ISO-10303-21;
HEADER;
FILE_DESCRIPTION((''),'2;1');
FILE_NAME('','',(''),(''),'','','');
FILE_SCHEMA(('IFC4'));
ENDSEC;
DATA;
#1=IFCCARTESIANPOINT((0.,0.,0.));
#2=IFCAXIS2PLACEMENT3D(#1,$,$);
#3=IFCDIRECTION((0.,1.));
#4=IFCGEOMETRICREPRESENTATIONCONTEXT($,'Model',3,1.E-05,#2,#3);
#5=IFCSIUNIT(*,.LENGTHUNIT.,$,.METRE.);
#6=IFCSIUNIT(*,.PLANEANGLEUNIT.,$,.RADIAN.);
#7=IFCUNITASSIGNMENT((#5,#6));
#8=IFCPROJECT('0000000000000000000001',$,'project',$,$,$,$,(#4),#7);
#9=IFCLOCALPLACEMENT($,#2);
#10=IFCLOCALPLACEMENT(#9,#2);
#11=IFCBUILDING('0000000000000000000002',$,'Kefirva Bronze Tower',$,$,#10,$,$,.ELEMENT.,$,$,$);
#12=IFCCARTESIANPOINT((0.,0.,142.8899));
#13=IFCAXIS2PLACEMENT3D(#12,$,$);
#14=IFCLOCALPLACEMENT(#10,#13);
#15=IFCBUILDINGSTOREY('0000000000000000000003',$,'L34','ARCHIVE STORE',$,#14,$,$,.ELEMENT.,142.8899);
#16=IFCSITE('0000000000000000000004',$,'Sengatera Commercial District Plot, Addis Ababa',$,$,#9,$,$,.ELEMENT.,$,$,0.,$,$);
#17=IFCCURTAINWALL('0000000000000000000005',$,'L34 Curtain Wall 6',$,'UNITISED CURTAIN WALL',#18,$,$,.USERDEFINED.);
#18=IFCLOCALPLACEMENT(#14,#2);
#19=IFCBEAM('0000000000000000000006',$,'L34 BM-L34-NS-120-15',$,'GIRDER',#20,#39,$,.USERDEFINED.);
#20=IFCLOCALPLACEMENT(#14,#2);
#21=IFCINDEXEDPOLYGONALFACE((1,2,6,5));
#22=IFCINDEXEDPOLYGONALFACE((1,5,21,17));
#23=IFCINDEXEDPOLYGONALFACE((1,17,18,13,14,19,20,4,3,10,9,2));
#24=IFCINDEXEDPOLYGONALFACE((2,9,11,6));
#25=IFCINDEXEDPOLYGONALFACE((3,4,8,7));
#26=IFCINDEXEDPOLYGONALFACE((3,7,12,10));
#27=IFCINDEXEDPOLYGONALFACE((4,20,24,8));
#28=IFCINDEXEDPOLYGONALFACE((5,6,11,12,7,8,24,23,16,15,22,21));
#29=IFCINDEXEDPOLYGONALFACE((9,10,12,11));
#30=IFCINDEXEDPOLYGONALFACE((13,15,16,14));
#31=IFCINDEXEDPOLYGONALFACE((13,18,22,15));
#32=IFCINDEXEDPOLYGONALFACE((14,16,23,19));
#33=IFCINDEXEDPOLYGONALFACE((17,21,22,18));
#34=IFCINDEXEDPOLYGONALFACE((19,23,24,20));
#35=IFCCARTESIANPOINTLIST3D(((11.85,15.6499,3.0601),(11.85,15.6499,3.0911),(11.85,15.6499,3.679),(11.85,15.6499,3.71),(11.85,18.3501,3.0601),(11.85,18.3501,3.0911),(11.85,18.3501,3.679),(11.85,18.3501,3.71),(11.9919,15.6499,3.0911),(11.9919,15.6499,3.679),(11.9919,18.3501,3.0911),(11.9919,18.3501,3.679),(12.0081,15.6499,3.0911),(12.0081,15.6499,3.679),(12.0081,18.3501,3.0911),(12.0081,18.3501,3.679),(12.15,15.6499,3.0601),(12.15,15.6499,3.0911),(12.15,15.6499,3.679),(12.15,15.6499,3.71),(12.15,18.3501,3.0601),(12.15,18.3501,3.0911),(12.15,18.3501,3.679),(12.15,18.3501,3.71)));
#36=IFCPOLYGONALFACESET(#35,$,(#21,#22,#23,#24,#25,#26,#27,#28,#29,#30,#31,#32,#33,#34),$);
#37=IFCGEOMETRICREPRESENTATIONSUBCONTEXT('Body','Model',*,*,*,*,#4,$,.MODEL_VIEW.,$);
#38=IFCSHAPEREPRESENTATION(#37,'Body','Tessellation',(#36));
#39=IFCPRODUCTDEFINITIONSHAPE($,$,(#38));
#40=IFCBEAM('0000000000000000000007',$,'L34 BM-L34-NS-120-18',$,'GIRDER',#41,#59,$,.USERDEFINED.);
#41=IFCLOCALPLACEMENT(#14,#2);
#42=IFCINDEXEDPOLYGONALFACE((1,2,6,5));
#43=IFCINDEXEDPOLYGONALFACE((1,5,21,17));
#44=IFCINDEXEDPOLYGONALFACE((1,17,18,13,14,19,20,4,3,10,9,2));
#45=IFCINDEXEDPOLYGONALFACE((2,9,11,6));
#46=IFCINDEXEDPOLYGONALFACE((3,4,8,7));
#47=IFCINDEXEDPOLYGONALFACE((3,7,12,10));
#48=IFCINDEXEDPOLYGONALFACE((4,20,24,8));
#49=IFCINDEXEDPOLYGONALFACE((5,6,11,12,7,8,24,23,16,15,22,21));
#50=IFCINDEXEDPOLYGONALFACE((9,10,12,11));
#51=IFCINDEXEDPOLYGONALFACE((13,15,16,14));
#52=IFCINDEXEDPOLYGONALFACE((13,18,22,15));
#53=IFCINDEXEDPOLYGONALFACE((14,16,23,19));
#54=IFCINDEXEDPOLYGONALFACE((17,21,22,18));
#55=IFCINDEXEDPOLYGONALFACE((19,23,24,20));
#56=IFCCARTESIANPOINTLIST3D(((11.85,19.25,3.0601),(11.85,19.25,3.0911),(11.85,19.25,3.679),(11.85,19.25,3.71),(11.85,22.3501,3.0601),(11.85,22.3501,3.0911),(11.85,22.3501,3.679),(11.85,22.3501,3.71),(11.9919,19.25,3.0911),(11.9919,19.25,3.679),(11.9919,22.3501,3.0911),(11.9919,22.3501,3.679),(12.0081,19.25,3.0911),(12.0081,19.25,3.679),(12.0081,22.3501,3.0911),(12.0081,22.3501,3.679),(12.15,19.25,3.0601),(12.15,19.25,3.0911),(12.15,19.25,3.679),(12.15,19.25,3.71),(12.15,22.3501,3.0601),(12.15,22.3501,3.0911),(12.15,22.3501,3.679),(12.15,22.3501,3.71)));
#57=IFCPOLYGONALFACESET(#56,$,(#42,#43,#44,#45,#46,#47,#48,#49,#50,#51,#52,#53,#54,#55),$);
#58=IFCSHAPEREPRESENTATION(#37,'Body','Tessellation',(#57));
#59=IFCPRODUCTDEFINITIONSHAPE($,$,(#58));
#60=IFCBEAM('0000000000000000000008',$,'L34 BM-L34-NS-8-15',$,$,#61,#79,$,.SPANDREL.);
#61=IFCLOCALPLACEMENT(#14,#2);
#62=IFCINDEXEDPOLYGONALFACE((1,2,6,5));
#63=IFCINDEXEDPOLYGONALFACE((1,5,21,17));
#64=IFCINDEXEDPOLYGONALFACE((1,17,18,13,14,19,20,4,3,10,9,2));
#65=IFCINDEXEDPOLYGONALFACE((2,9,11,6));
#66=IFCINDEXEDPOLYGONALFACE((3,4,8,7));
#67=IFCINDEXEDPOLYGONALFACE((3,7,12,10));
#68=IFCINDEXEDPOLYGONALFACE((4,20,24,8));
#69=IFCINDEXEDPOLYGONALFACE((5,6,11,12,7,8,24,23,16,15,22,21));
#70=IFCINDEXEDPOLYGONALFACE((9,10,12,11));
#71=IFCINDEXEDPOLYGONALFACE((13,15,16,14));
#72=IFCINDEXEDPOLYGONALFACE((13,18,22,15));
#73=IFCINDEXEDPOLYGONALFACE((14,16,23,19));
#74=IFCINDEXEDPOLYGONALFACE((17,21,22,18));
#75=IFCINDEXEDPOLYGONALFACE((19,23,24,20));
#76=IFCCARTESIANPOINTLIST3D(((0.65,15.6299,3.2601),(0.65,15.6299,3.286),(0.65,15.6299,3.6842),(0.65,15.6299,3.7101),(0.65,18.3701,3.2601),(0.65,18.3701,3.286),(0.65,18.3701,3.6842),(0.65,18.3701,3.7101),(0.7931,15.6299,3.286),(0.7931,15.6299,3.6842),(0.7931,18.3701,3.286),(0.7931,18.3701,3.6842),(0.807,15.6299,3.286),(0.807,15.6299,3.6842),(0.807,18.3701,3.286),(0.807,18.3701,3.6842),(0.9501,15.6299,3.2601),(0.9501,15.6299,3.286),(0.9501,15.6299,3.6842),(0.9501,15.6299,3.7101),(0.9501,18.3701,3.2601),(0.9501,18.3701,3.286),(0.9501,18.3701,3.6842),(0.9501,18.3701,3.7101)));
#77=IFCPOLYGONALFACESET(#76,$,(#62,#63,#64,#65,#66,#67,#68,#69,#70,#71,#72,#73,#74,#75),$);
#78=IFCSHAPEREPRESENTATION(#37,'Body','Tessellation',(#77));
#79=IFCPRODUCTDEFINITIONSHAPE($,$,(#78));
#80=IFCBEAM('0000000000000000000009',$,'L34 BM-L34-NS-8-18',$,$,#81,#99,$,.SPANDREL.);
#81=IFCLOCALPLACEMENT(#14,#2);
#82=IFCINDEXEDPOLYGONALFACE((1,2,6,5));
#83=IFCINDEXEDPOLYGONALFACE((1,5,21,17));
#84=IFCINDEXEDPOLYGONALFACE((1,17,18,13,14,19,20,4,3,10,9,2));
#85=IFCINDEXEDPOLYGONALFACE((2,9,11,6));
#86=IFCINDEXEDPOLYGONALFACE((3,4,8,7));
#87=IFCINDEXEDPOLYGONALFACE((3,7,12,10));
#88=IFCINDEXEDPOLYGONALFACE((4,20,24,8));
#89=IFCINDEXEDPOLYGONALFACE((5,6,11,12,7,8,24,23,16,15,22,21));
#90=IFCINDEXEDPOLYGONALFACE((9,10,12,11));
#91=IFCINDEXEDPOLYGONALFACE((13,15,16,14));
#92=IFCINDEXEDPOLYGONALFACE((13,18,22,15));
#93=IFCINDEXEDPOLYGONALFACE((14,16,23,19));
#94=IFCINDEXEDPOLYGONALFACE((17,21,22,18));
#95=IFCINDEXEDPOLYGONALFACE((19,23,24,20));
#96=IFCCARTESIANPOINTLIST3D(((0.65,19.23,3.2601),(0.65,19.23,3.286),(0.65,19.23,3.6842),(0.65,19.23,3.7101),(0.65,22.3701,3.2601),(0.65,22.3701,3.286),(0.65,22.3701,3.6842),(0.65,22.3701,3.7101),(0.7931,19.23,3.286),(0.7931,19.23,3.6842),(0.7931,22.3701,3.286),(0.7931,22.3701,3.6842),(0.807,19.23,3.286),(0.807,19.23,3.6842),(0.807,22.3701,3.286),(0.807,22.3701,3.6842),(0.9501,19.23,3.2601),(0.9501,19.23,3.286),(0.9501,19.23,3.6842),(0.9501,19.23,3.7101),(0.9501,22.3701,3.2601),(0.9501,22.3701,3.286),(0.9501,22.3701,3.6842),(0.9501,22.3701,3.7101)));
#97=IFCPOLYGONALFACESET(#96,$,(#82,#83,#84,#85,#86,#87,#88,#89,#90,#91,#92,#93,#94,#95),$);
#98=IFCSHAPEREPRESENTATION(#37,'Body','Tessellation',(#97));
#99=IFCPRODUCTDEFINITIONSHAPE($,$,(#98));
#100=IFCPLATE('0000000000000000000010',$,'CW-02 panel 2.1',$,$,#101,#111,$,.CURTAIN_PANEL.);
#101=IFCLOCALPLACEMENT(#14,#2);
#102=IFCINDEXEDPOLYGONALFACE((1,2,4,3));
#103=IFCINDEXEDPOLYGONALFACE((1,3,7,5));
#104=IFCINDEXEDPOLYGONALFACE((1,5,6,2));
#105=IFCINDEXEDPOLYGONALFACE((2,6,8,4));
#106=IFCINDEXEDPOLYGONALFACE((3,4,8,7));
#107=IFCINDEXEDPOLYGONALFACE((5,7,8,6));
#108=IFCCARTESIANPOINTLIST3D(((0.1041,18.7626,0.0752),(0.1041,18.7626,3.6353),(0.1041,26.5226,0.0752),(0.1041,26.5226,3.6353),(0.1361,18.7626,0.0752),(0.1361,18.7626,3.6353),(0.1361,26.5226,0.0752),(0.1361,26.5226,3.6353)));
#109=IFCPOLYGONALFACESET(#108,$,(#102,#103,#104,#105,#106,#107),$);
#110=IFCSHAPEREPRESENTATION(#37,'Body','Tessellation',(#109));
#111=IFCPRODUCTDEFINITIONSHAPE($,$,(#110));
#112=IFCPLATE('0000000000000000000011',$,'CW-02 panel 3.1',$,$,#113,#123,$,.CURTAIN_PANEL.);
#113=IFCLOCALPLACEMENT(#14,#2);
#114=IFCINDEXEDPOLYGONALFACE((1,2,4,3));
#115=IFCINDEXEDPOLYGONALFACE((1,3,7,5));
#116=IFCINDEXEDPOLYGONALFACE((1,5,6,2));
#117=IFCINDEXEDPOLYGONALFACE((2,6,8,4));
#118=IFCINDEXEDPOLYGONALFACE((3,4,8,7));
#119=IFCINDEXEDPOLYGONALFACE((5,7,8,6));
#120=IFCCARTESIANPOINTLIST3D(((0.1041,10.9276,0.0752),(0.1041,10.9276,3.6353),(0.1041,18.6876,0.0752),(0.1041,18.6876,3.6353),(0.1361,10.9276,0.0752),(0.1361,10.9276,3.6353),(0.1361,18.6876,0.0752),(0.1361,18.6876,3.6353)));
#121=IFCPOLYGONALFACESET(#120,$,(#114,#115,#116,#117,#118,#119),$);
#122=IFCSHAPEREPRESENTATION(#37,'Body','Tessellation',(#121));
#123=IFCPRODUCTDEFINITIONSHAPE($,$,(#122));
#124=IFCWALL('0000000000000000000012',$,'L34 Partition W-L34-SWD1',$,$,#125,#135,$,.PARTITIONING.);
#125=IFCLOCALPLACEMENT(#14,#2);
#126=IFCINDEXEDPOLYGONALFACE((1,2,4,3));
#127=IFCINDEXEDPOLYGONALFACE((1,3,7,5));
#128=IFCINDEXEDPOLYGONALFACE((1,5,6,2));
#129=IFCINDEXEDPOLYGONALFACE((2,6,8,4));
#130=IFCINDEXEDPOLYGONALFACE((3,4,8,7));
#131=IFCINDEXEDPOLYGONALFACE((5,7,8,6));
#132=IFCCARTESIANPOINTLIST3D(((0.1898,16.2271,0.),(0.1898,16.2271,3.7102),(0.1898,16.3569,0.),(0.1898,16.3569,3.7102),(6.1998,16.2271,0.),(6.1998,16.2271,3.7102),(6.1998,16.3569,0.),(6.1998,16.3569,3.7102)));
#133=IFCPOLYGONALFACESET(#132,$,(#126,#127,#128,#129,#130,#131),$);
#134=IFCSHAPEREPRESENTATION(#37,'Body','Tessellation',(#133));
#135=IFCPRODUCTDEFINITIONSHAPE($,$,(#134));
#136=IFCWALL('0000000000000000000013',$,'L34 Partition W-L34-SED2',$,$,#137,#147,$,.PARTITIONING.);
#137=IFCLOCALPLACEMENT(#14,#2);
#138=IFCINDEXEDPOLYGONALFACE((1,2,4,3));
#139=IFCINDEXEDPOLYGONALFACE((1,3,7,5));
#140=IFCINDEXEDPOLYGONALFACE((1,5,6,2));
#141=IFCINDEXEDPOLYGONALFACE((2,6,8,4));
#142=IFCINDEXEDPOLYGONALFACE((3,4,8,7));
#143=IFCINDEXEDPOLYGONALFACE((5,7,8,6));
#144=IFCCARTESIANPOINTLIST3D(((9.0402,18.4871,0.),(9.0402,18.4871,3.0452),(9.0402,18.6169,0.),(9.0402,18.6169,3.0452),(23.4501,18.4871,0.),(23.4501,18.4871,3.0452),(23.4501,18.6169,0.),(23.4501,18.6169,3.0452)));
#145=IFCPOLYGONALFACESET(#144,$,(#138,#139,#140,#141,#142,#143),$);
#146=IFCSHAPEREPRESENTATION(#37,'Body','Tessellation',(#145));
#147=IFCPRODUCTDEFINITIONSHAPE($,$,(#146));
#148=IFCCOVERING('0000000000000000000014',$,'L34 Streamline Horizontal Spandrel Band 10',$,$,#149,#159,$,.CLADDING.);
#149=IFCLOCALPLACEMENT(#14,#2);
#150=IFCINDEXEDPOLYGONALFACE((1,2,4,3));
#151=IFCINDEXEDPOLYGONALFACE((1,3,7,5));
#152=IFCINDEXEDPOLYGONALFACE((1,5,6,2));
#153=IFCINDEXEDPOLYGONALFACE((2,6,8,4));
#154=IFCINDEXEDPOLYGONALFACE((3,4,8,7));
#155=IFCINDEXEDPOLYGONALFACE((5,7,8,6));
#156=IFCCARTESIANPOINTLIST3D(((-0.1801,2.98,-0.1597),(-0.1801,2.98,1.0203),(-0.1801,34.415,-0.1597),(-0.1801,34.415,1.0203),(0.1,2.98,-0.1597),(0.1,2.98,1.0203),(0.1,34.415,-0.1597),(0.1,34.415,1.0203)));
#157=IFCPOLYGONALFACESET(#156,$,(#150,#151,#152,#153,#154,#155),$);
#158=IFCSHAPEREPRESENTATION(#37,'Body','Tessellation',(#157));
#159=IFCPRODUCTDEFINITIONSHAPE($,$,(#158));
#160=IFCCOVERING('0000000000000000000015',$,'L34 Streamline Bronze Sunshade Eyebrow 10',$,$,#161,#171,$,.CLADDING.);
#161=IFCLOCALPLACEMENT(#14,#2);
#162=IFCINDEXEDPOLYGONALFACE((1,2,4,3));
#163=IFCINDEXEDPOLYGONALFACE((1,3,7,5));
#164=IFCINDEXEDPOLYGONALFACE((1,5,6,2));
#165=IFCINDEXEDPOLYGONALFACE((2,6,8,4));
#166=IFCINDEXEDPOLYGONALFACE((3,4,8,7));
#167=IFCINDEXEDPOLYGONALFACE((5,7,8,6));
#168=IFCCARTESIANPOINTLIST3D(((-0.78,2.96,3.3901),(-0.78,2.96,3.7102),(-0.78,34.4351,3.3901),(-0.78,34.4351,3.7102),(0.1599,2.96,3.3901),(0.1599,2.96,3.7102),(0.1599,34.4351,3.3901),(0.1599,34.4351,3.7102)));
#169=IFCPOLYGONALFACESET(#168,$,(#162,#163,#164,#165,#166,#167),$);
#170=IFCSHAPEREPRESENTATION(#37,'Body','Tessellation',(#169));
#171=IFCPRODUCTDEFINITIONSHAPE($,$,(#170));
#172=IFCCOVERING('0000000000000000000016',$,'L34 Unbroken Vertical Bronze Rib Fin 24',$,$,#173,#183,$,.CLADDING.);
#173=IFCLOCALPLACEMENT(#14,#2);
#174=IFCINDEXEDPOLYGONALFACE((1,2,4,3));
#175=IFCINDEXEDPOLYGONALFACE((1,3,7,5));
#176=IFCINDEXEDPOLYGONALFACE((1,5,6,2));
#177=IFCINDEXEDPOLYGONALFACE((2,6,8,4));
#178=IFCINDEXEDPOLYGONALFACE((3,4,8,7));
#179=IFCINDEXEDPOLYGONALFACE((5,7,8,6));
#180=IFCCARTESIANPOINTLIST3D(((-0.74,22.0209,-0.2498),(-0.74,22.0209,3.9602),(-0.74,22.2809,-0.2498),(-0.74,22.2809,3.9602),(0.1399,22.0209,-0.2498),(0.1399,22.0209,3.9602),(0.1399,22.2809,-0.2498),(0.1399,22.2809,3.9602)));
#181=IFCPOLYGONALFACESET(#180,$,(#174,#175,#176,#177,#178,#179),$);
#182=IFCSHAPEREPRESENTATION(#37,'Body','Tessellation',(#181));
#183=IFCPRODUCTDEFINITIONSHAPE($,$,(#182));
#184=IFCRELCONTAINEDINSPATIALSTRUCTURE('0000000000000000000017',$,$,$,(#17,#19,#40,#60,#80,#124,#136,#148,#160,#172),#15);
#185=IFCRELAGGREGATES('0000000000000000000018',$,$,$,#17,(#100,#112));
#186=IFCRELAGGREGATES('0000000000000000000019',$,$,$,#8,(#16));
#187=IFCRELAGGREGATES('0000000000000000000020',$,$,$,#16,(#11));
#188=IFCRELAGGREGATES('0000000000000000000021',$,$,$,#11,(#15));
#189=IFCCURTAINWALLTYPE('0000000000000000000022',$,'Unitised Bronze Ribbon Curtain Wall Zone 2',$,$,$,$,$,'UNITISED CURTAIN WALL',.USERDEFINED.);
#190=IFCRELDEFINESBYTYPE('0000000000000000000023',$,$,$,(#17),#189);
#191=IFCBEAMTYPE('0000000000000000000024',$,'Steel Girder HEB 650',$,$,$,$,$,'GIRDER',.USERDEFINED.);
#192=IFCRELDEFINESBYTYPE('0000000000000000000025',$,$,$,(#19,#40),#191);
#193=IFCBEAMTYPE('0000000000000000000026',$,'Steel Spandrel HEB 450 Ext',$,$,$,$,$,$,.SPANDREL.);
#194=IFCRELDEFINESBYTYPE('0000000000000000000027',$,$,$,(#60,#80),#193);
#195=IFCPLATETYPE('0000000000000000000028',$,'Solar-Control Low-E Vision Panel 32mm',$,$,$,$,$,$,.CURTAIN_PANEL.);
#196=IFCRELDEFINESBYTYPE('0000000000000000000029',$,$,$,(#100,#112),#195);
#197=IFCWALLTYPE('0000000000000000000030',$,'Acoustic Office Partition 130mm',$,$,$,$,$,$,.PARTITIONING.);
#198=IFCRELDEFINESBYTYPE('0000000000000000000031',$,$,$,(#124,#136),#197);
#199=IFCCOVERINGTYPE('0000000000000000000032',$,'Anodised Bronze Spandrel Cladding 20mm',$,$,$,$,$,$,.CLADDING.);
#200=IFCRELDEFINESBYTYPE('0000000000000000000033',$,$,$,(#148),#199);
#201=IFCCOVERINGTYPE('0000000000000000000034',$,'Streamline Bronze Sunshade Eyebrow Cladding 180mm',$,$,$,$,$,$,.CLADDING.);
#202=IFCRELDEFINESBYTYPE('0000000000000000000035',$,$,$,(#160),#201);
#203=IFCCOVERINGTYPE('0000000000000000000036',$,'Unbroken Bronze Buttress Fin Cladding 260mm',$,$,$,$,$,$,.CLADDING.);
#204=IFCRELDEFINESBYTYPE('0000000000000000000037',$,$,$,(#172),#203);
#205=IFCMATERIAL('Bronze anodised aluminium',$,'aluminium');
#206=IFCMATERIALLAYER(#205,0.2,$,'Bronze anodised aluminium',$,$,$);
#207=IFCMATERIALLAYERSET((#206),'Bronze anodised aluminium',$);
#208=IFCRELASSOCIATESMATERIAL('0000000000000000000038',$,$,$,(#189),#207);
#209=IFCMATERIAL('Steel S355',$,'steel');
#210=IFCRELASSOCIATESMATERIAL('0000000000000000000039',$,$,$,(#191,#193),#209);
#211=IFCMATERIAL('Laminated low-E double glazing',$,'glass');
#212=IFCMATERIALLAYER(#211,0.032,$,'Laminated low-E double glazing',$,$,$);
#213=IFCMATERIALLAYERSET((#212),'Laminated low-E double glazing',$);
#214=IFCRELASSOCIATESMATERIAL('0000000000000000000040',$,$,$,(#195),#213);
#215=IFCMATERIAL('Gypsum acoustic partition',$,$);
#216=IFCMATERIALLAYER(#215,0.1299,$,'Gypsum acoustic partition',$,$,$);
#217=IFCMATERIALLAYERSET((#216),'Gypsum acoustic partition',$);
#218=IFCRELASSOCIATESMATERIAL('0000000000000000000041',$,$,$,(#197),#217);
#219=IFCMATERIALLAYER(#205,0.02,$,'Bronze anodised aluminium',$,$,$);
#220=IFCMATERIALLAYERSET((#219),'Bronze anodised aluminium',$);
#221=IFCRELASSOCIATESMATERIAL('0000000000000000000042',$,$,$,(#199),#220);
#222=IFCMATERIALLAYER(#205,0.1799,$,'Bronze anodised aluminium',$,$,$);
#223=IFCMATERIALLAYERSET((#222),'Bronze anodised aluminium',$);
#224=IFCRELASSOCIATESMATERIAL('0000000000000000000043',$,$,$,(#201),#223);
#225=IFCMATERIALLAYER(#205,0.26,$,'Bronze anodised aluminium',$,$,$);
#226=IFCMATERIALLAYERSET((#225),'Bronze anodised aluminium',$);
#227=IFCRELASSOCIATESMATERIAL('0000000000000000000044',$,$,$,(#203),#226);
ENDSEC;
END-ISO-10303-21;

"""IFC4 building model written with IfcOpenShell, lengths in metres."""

from ifc_helpers import new_model, si_unit, direction, frame, frame_2d, origin, origin_2d, place, context, subcontext, project, spatial, rectangle, i_section, extrude, material, layer, layer_set, material_profile, profile_set, type_object, element, aggregate, save


model = new_model("IFC4")

# Units and contexts
model_context = context("Model", 3, precision=1e-05, world=origin(), true_north=direction((0.0, 1.0)))
body_context = subcontext(model_context, "Body", "Model", "MODEL_VIEW")
ifc_project = project(units=[si_unit("LENGTHUNIT", "METRE"), si_unit("PLANEANGLEUNIT", "RADIAN")], contexts=[model_context])

# Site, building, storey
site_placement = place(None, origin())
site = spatial("IfcSite", under=ifc_project, at=site_placement, Name="Sengatera Commercial District Plot, Addis Ababa", CompositionType="ELEMENT", RefElevation=0.0)
building_placement = place(site_placement, origin())
building = spatial("IfcBuilding", under=site, at=building_placement, Name="Kefirva Bronze Tower", CompositionType="ELEMENT")
storey_placement = place(building_placement, frame((0.0, 0.0, 142.8899)))
storey = spatial("IfcBuildingStorey", under=building, at=storey_placement, Name="L34", Description="ARCHIVE STORE", CompositionType="ELEMENT", Elevation=142.8899)

# Curtain wall
ifc_material_1 = material(Name="Bronze anodised aluminium", Category="aluminium")
ifc_layer_1 = layer(ifc_material_1, 0.2, Name="Bronze anodised aluminium")
ifc_layer_set_1 = layer_set([ifc_layer_1], Name="Bronze anodised aluminium")
curtain_wall_type = type_object("IfcCurtainWallType", Name="Unitised Bronze Ribbon Curtain Wall Zone 2", ElementType="UNITISED CURTAIN WALL", PredefinedType="USERDEFINED", material=ifc_layer_set_1)
curtain_wall_placement = place(storey_placement, origin())
curtain_wall = element("IfcCurtainWall", 1, at=curtain_wall_placement, inside=storey, type_object=curtain_wall_type, Name="L34 Curtain Wall 6", ObjectType="UNITISED CURTAIN WALL", PredefinedType="USERDEFINED")

# Beams
ifc_material_2 = material(Name="Steel S355", Category="steel")
ifc_material_profile_1 = material_profile(ifc_material_2, i_section(OverallWidth=0.3, OverallDepth=0.6499, WebThickness=0.0161, FlangeThickness=0.031, at=origin_2d()), Name="HEB 650")
ifc_profile_set_1 = profile_set([ifc_material_profile_1], Name="Steel S355")
beam_type_1 = type_object("IfcBeamType", Name="Steel Girder HEB 650", ElementType="GIRDER", PredefinedType="USERDEFINED", material=ifc_profile_set_1)
beam_1_placement = place(storey_placement, frame((12.0, 15.6499, 3.385), z_axis=(0.0, 1.0, 0.0), x_axis=(-1.0, 0.0, 0.0)))
element("IfcBeam", 2, at=beam_1_placement, inside=storey, type_object=beam_type_1, Name="L34 BM-L34-NS-120-15", ObjectType="GIRDER", PredefinedType="USERDEFINED", context=body_context, shape_type="SweptSolid", body=[
    extrude(i_section(OverallWidth=0.3, OverallDepth=0.6499, WebThickness=0.0161, FlangeThickness=0.031, at=origin_2d()), origin(), (0.0, 0.0, 1.0), 2.7002),
])
beam_2_placement = place(storey_placement, frame((12.0, 19.25, 3.385), z_axis=(0.0, 1.0, 0.0), x_axis=(-1.0, 0.0, 0.0)))
element("IfcBeam", 3, at=beam_2_placement, inside=storey, type_object=beam_type_1, Name="L34 BM-L34-NS-120-18", ObjectType="GIRDER", PredefinedType="USERDEFINED", context=body_context, shape_type="SweptSolid", body=[
    extrude(i_section(OverallWidth=0.3, OverallDepth=0.6499, WebThickness=0.0161, FlangeThickness=0.031, at=origin_2d()), origin(), (0.0, 0.0, 1.0), 3.1001),
])
ifc_material_profile_2 = material_profile(ifc_material_2, i_section(OverallWidth=0.3, OverallDepth=0.45, WebThickness=0.0139, FlangeThickness=0.0259, at=origin_2d()), Name="HEB 450")
ifc_profile_set_2 = profile_set([ifc_material_profile_2], Name="Steel S355")
beam_type_2 = type_object("IfcBeamType", Name="Steel Spandrel HEB 450 Ext", PredefinedType="SPANDREL", material=ifc_profile_set_2)
beam_3_placement = place(storey_placement, frame((0.8, 15.6299, 3.4851), z_axis=(0.0, 1.0, 0.0), x_axis=(-1.0, 0.0, 0.0)))
element("IfcBeam", 4, at=beam_3_placement, inside=storey, type_object=beam_type_2, Name="L34 BM-L34-NS-8-15", PredefinedType="SPANDREL", context=body_context, shape_type="SweptSolid", body=[
    extrude(i_section(OverallWidth=0.3, OverallDepth=0.45, WebThickness=0.0139, FlangeThickness=0.0259, at=origin_2d()), origin(), (0.0, 0.0, 1.0), 2.7402),
])
beam_4_placement = place(storey_placement, frame((0.8, 19.23, 3.4851), z_axis=(0.0, 1.0, 0.0), x_axis=(-1.0, 0.0, 0.0)))
element("IfcBeam", 5, at=beam_4_placement, inside=storey, type_object=beam_type_2, Name="L34 BM-L34-NS-8-18", PredefinedType="SPANDREL", context=body_context, shape_type="SweptSolid", body=[
    extrude(i_section(OverallWidth=0.3, OverallDepth=0.45, WebThickness=0.0139, FlangeThickness=0.0259, at=origin_2d()), origin(), (0.0, 0.0, 1.0), 3.1401),
])

# Plates
ifc_material_3 = material(Name="Laminated low-E double glazing", Category="glass")
ifc_layer_2 = layer(ifc_material_3, 0.032, Name="Laminated low-E double glazing")
ifc_layer_set_2 = layer_set([ifc_layer_2], Name="Laminated low-E double glazing")
plate_type = type_object("IfcPlateType", Name="Solar-Control Low-E Vision Panel 32mm", PredefinedType="CURTAIN_PANEL", material=ifc_layer_set_2)
plate_1_placement = place(storey_placement, frame((0.1201, 22.6426, 0.0752), z_axis=(0.0, 0.0, 1.0), x_axis=(0.0, -1.0, 0.0)))
plate_1 = element("IfcPlate", 6, at=plate_1_placement, type_object=plate_type, Name="CW-02 panel 2.1", PredefinedType="CURTAIN_PANEL", context=body_context, shape_type="SweptSolid", body=[
    extrude(rectangle(XDim=7.76, YDim=0.032, at=origin_2d()), origin(), (0.0, 0.0, 1.0), 3.5601),
])
plate_2_placement = place(storey_placement, frame((0.1201, 14.8076, 0.0752), z_axis=(0.0, 0.0, 1.0), x_axis=(0.0, -1.0, 0.0)))
plate_2 = element("IfcPlate", 7, at=plate_2_placement, type_object=plate_type, Name="CW-02 panel 3.1", PredefinedType="CURTAIN_PANEL", context=body_context, shape_type="SweptSolid", body=[
    extrude(rectangle(XDim=7.76, YDim=0.032, at=origin_2d()), origin(), (0.0, 0.0, 1.0), 3.5601),
])
aggregate(curtain_wall, [plate_1, plate_2])

# Walls
ifc_material_4 = material(Name="Gypsum acoustic partition")
ifc_layer_3 = layer(ifc_material_4, 0.1299, Name="Gypsum acoustic partition")
ifc_layer_set_3 = layer_set([ifc_layer_3], Name="Gypsum acoustic partition")
wall_type = type_object("IfcWallType", Name="Acoustic Office Partition 130mm", PredefinedType="PARTITIONING", material=ifc_layer_set_3)
wall_1_placement = place(storey_placement, frame((0.1899, 16.292, 0.0), z_axis=(0.0, 0.0, 1.0), x_axis=(1.0, 0.0, 0.0)))
element("IfcWall", 8, at=wall_1_placement, inside=storey, type_object=wall_type, Name="L34 Partition W-L34-SWD1", PredefinedType="PARTITIONING", context=body_context, shape_type="SweptSolid", body=[
    extrude(rectangle(XDim=6.01, YDim=0.1299, at=frame_2d((3.0049, 0.0))), origin(), (0.0, 0.0, 1.0), 3.7102),
])
wall_2_placement = place(storey_placement, frame((9.04, 18.552, 0.0), z_axis=(0.0, 0.0, 1.0), x_axis=(1.0, 0.0, 0.0)))
element("IfcWall", 9, at=wall_2_placement, inside=storey, type_object=wall_type, Name="L34 Partition W-L34-SED2", PredefinedType="PARTITIONING", context=body_context, shape_type="SweptSolid", body=[
    extrude(rectangle(XDim=14.4099, YDim=0.1299, at=frame_2d((7.2051, 0.0))), origin(), (0.0, 0.0, 1.0), 3.0452),
])

# Coverings
ifc_layer_4 = layer(ifc_material_1, 0.02, Name="Bronze anodised aluminium")
ifc_layer_set_4 = layer_set([ifc_layer_4], Name="Bronze anodised aluminium")
covering_type_1 = type_object("IfcCoveringType", Name="Anodised Bronze Spandrel Cladding 20mm", PredefinedType="CLADDING", material=ifc_layer_set_4)
covering_1_placement = place(storey_placement, frame((-0.04, 18.6975, -0.1597), z_axis=(0.0, 0.0, 1.0), x_axis=(0.0, -1.0, 0.0)))
element("IfcCovering", 10, at=covering_1_placement, inside=storey, type_object=covering_type_1, Name="L34 Streamline Horizontal Spandrel Band 10", PredefinedType="CLADDING", context=body_context, shape_type="SweptSolid", body=[
    extrude(rectangle(XDim=31.4351, YDim=0.28, at=origin_2d()), origin(), (0.0, 0.0, 1.0), 1.1799),
])
ifc_layer_5 = layer(ifc_material_1, 0.1799, Name="Bronze anodised aluminium")
ifc_layer_set_5 = layer_set([ifc_layer_5], Name="Bronze anodised aluminium")
covering_type_2 = type_object("IfcCoveringType", Name="Streamline Bronze Sunshade Eyebrow Cladding 180mm", PredefinedType="CLADDING", material=ifc_layer_set_5)
covering_2_placement = place(storey_placement, frame((-0.3101, 18.6975, 3.3901), z_axis=(0.0, 0.0, 1.0), x_axis=(0.0, -1.0, 0.0)))
element("IfcCovering", 11, at=covering_2_placement, inside=storey, type_object=covering_type_2, Name="L34 Streamline Bronze Sunshade Eyebrow 10", PredefinedType="CLADDING", context=body_context, shape_type="SweptSolid", body=[
    extrude(rectangle(XDim=31.4751, YDim=0.9399, at=origin_2d()), origin(), (0.0, 0.0, 1.0), 0.3201),
])
ifc_layer_6 = layer(ifc_material_1, 0.26, Name="Bronze anodised aluminium")
ifc_layer_set_6 = layer_set([ifc_layer_6], Name="Bronze anodised aluminium")
covering_type_3 = type_object("IfcCoveringType", Name="Unbroken Bronze Buttress Fin Cladding 260mm", PredefinedType="CLADDING", material=ifc_layer_set_6)
for number, where, z_axis, x_axis, name in (
    (12, (-0.3, 22.1509, -0.2498), (0.0, 0.0, 1.0), (0.0, -1.0, 0.0), "L34 Unbroken Vertical Bronze Rib Fin 24"),
):
    element("IfcCovering", number, at=place(storey_placement, frame(where, z_axis=z_axis, x_axis=x_axis)), inside=storey, type_object=covering_type_3, Name=name, PredefinedType="CLADDING", context=body_context, shape_type="SweptSolid", body=[
        extrude(rectangle(XDim=0.26, YDim=0.8799, at=origin_2d()), origin(), (0.0, 0.0, 1.0), 4.21),
    ])

save(model, "model.ifc")
